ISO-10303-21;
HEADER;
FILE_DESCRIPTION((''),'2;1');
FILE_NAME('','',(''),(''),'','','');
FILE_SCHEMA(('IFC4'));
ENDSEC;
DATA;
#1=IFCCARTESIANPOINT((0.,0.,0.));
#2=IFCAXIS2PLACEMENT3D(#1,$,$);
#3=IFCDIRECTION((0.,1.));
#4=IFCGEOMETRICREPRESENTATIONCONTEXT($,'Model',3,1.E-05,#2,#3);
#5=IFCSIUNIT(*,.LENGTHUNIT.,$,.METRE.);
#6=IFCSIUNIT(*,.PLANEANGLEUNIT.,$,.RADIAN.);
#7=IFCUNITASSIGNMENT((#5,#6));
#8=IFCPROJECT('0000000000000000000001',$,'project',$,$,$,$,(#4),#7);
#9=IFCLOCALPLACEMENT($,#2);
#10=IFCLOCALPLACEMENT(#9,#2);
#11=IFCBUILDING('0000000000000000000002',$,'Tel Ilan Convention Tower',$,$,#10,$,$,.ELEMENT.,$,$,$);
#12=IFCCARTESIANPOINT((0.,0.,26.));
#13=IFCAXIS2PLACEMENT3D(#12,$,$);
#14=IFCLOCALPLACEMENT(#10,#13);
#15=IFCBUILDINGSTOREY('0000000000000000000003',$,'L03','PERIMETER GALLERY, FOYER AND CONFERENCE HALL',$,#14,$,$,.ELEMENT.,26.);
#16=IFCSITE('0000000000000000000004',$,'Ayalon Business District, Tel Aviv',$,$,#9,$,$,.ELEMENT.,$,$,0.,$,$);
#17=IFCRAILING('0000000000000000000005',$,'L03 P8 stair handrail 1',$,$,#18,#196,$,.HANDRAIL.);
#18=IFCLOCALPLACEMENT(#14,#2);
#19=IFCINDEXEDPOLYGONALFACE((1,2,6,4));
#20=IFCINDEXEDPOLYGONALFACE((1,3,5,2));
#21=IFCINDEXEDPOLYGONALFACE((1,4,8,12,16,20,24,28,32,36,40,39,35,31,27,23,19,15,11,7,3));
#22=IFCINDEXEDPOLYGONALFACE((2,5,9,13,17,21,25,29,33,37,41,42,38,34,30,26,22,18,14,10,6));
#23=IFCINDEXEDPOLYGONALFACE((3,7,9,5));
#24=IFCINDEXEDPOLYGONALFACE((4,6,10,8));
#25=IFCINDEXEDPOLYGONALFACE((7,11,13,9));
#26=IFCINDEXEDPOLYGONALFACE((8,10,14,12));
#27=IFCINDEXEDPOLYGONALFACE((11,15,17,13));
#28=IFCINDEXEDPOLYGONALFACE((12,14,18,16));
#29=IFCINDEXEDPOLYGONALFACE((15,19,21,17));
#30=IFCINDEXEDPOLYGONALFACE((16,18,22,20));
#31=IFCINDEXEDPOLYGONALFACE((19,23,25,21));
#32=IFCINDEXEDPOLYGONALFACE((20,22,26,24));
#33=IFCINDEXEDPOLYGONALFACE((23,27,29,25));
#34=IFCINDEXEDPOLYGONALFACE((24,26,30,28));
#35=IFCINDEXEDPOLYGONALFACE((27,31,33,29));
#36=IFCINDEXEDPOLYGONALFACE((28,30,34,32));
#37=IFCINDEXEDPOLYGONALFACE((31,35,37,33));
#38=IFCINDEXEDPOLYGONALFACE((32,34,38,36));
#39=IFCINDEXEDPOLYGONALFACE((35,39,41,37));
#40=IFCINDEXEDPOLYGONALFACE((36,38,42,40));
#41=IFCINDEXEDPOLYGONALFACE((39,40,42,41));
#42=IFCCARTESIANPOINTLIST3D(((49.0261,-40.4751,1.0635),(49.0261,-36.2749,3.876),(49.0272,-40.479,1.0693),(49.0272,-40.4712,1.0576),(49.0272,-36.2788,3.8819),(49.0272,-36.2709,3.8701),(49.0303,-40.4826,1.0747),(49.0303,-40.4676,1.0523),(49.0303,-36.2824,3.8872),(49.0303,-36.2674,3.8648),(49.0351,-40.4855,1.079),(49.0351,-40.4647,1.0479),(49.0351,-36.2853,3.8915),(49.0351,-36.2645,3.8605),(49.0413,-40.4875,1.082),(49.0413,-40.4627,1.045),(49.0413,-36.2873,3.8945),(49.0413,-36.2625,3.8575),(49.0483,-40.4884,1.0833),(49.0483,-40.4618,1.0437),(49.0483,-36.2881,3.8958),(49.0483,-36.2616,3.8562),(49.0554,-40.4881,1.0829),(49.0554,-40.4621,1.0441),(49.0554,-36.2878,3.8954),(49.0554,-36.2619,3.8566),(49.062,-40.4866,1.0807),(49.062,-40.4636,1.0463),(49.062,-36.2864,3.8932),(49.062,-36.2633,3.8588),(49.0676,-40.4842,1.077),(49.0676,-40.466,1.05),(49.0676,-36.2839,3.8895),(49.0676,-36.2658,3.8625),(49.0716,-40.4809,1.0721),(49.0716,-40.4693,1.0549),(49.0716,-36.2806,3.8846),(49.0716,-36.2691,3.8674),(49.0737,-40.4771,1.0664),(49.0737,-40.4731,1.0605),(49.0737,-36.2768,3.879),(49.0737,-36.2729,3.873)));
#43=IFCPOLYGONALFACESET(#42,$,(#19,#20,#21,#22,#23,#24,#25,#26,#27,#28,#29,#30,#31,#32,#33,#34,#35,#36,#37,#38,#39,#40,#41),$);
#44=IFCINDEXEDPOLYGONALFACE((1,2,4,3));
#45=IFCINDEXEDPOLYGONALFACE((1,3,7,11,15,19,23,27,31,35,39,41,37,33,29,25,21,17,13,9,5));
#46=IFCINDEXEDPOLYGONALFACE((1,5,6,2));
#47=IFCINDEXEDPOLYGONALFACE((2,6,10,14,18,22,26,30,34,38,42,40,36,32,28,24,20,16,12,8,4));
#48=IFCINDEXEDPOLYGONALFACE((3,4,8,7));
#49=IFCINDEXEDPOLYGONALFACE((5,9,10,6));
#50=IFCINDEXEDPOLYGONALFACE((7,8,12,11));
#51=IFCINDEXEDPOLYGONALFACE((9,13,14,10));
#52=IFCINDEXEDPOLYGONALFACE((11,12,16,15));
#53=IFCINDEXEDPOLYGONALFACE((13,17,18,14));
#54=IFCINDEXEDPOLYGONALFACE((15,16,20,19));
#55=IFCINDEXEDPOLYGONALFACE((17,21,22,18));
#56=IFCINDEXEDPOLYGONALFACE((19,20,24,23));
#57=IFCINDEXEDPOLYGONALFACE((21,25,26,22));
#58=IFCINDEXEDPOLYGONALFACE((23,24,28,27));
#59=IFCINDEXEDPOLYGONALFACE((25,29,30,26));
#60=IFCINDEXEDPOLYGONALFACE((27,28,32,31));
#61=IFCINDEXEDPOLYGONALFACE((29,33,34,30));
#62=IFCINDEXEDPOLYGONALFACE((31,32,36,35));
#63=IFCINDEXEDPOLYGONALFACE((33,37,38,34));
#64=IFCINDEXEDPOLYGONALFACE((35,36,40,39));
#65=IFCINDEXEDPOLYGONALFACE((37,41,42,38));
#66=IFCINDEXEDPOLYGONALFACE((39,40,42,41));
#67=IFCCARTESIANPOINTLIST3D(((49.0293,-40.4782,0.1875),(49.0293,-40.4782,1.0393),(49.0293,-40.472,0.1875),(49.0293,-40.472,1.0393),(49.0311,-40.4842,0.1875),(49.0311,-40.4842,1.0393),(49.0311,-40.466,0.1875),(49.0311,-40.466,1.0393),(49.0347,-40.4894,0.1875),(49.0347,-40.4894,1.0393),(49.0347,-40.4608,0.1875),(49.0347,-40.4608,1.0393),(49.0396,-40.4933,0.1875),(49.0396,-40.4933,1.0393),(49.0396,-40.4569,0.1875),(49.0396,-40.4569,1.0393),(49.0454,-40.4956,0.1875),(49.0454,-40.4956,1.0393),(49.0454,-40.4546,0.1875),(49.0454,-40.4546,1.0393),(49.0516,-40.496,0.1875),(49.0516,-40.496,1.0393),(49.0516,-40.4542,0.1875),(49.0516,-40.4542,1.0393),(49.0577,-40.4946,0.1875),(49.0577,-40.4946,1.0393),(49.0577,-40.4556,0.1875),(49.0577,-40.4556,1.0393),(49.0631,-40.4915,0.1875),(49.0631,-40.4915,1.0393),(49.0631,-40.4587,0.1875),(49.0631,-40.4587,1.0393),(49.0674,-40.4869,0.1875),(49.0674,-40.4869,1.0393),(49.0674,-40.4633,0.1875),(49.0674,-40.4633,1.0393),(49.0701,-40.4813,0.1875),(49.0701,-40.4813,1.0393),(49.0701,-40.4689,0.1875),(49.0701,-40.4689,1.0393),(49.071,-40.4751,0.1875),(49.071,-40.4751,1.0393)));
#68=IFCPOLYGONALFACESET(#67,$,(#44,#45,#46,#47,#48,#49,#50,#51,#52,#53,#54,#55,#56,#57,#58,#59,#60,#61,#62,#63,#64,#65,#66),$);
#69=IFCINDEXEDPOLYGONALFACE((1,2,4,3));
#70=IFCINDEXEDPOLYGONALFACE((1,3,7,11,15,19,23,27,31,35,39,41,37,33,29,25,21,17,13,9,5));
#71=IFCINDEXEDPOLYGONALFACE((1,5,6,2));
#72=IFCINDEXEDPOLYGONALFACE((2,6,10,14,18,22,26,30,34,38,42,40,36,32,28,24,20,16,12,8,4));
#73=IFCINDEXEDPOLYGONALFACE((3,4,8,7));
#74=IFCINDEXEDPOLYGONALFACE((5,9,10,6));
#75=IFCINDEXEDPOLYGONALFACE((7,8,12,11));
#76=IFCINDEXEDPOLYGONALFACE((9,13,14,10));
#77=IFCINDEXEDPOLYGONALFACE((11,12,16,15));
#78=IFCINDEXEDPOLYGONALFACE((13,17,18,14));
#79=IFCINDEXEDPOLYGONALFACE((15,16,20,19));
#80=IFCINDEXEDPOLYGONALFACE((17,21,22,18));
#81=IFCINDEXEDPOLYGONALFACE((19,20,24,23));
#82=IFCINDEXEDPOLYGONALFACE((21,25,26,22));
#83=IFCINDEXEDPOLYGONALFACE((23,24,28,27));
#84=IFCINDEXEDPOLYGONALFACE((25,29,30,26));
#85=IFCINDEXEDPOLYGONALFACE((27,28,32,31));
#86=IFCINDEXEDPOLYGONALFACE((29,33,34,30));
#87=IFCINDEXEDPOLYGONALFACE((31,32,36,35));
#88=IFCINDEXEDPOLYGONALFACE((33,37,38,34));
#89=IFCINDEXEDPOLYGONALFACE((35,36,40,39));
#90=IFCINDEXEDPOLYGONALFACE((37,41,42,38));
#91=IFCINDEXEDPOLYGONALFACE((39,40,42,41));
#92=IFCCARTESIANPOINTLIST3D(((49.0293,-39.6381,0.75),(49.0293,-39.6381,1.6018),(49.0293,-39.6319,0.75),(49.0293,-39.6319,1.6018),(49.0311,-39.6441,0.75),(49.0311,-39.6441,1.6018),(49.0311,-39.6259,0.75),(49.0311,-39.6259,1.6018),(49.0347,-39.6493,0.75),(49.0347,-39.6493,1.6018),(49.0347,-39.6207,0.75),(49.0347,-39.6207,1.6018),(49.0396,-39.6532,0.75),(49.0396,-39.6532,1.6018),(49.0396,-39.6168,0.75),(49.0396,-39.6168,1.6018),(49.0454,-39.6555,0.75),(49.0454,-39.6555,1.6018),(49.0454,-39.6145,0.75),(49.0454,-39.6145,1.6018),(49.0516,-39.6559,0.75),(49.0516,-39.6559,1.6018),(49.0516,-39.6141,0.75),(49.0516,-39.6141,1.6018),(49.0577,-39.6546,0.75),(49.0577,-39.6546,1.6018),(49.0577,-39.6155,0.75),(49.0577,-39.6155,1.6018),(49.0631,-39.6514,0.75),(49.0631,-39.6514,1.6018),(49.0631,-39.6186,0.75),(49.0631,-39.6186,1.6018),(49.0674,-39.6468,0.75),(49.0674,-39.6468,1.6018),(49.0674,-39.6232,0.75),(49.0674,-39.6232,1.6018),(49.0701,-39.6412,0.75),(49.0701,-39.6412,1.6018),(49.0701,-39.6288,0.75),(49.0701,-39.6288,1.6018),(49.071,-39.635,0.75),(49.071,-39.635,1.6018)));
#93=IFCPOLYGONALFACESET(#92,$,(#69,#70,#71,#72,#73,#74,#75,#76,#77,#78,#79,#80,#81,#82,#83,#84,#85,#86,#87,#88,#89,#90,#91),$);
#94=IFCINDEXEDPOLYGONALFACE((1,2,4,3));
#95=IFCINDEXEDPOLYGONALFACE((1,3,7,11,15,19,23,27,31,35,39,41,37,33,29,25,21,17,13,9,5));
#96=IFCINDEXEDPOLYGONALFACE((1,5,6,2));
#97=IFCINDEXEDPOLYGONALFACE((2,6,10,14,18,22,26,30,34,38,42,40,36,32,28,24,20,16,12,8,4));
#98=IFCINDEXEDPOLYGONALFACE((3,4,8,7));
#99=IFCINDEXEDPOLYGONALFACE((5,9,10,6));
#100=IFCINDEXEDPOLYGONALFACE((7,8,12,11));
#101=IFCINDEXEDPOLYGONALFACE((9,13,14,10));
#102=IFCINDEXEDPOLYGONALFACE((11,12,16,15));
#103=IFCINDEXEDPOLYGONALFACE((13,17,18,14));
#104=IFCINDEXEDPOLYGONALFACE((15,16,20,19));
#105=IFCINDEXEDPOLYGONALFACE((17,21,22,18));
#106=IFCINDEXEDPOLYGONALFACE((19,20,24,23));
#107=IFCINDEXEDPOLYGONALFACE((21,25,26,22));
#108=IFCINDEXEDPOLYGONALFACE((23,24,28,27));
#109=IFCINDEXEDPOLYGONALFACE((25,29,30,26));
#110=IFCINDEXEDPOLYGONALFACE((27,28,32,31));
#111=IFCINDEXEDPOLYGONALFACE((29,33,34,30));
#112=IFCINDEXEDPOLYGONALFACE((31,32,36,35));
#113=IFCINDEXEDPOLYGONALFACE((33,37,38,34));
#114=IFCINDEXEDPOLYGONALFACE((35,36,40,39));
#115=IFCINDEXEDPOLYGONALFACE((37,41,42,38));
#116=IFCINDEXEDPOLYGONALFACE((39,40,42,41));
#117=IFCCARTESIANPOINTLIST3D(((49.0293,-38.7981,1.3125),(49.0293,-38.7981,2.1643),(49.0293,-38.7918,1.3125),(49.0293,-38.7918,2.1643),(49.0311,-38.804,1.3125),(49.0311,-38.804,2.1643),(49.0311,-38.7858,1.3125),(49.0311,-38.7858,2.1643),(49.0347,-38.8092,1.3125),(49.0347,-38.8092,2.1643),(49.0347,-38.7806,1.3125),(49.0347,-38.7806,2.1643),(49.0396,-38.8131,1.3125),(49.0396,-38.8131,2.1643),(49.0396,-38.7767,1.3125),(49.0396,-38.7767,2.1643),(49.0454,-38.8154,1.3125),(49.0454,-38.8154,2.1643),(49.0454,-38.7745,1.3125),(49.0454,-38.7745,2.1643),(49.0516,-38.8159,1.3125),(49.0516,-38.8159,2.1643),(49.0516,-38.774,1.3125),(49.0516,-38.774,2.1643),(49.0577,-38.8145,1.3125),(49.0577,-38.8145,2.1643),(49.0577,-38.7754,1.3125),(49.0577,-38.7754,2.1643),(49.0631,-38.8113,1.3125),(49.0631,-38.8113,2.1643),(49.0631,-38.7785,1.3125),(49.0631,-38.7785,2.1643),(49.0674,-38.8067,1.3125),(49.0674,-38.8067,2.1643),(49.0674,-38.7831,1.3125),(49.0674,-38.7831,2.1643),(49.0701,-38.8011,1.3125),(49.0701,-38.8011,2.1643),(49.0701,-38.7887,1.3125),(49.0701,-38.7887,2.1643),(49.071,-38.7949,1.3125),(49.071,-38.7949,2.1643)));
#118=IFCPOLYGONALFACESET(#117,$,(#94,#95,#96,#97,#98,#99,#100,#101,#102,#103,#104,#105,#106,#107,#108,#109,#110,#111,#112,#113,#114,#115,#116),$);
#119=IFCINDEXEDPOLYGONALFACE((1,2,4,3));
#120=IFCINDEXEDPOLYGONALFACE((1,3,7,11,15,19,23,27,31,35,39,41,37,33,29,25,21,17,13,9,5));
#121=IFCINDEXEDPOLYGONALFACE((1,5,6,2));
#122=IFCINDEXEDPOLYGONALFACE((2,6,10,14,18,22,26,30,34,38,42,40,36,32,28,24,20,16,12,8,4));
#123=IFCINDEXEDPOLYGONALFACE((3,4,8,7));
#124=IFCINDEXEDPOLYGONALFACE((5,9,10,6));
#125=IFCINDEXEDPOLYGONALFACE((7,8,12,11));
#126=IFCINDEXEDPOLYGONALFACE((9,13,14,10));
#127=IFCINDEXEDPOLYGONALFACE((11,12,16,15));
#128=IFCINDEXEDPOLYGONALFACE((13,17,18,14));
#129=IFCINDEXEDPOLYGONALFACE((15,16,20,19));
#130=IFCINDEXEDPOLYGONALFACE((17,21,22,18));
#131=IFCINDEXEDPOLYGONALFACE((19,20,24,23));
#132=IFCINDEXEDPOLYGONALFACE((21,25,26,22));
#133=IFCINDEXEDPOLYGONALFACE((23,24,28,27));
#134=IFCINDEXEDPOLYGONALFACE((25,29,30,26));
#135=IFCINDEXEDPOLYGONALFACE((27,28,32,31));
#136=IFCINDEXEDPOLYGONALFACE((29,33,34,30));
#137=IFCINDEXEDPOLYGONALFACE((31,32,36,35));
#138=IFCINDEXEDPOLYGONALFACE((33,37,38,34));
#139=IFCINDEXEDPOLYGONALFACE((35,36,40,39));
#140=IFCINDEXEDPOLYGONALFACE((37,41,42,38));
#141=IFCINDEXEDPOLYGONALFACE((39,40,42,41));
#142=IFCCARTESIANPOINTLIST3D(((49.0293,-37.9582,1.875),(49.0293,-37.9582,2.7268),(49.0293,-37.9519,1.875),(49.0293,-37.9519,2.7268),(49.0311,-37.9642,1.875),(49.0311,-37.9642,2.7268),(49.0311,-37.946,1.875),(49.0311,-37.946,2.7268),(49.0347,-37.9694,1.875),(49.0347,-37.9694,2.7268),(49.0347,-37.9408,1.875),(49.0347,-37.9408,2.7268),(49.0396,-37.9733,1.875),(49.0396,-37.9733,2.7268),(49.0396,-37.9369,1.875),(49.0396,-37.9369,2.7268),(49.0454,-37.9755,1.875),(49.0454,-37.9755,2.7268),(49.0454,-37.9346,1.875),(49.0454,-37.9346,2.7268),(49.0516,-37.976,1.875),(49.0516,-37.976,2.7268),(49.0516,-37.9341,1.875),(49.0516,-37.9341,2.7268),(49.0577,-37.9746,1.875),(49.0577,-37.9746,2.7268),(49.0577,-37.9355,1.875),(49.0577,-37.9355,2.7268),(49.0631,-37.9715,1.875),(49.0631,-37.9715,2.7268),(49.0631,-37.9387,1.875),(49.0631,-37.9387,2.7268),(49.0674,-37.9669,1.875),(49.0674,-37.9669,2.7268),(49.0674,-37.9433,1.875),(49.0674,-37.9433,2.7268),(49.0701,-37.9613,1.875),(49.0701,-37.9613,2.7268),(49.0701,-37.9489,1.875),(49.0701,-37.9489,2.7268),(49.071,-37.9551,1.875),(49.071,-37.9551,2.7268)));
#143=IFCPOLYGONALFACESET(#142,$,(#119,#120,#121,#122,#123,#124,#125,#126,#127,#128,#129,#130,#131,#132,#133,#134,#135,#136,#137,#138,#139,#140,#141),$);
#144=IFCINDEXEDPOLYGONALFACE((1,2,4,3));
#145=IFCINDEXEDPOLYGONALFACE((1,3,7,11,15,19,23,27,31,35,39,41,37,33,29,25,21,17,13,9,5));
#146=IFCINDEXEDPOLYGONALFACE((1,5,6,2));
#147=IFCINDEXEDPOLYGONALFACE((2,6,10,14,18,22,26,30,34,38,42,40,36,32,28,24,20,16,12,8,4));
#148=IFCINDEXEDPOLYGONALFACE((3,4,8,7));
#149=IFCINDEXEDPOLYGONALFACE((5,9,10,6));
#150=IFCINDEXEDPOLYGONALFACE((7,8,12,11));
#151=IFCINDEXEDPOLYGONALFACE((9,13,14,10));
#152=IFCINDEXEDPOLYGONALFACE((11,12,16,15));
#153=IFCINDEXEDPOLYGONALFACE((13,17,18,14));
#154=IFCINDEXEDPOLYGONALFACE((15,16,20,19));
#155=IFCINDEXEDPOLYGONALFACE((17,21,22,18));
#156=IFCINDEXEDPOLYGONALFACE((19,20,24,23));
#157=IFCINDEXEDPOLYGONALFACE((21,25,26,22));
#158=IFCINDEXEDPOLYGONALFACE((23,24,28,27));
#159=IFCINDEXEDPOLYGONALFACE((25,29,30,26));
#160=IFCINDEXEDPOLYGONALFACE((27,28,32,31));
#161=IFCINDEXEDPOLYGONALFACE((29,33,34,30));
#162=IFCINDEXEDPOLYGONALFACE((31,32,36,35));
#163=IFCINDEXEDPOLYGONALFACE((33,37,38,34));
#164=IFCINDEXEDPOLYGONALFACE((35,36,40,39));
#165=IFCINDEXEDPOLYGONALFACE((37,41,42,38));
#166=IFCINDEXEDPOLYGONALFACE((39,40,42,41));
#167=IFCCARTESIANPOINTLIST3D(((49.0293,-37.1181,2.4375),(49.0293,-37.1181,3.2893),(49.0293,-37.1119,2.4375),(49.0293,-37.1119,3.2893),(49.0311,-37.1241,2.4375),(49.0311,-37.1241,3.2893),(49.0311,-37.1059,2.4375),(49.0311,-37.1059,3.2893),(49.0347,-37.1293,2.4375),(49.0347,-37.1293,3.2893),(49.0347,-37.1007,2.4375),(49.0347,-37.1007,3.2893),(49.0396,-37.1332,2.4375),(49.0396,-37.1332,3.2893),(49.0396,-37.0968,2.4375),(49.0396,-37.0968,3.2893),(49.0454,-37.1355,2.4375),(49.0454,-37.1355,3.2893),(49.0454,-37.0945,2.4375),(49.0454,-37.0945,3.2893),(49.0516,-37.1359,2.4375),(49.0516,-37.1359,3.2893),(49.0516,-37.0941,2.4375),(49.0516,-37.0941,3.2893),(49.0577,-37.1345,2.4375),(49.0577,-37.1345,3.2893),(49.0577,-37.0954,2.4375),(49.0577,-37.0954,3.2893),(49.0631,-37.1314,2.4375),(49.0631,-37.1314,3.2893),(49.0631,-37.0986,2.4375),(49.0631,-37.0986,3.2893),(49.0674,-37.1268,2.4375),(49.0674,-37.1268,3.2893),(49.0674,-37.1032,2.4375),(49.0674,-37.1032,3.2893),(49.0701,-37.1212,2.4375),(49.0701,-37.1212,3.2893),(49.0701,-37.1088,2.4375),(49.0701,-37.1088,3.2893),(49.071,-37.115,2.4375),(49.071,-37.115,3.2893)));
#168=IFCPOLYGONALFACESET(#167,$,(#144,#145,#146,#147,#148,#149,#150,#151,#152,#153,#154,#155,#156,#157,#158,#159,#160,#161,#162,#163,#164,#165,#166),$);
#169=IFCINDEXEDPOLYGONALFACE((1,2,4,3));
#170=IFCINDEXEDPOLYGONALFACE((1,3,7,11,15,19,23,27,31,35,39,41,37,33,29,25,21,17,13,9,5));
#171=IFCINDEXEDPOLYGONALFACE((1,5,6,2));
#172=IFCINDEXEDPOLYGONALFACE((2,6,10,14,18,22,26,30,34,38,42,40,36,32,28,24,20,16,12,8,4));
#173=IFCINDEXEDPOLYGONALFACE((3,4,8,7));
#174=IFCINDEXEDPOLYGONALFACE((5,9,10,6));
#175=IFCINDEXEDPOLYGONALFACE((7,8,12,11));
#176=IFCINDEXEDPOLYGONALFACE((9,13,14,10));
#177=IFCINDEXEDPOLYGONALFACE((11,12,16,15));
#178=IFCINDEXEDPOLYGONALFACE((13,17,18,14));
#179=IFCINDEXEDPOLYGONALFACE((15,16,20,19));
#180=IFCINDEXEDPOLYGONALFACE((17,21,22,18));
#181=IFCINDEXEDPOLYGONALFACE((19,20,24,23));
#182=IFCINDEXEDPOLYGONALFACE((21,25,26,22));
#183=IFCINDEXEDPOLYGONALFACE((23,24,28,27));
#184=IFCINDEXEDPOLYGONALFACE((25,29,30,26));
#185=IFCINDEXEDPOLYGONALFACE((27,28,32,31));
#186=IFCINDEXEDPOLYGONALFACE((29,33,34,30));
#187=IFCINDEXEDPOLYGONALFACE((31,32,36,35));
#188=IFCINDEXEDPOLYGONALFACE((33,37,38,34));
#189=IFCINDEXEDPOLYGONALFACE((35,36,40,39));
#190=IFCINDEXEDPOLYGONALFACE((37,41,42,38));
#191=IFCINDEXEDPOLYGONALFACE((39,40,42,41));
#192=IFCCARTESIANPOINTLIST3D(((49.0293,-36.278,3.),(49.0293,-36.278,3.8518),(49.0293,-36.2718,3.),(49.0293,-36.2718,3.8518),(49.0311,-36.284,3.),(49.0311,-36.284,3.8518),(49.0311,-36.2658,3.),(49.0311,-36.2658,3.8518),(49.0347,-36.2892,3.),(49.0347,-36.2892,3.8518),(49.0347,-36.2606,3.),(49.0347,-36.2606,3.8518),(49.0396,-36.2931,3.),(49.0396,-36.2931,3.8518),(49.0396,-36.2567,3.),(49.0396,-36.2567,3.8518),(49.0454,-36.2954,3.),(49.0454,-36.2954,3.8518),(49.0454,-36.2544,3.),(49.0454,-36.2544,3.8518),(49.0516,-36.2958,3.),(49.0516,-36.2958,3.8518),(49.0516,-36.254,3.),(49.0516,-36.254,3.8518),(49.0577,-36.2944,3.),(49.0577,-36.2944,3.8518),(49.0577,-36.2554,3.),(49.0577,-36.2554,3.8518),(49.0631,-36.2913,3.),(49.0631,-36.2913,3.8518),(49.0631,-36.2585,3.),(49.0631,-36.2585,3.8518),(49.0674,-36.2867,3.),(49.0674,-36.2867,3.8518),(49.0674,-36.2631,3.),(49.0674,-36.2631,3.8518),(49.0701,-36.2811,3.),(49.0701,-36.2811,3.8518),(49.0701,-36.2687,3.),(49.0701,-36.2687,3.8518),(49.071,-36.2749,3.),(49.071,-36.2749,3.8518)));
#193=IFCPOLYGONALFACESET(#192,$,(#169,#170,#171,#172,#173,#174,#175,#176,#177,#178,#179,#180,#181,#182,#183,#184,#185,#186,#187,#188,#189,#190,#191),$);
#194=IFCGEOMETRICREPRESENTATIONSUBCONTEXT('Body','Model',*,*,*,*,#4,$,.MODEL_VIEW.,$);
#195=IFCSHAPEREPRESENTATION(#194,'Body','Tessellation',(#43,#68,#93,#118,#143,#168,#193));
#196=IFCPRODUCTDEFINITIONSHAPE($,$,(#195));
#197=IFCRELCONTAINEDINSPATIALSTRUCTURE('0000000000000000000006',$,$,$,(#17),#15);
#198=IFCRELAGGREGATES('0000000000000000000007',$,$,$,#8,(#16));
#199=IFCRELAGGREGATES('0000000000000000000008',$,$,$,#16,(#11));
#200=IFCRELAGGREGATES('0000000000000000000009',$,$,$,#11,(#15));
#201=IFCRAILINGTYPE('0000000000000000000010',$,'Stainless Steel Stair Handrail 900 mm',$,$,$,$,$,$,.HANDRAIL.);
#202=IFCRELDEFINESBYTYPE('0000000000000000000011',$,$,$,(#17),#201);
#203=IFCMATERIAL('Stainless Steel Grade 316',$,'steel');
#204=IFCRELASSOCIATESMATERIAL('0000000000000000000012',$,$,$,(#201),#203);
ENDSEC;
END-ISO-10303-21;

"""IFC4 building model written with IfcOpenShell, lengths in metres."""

from ifc_helpers import new_model, si_unit, direction, frame, origin, origin_2d, place, context, subcontext, project, spatial, circle, extrude, material, type_object, element, save


model = new_model("IFC4")

# Units and contexts
model_context = context("Model", 3, precision=1e-05, world=origin(), true_north=direction((0.0, 1.0)))
body_context = subcontext(model_context, "Body", "Model", "MODEL_VIEW")
ifc_project = project(units=[si_unit("LENGTHUNIT", "METRE"), si_unit("PLANEANGLEUNIT", "RADIAN")], contexts=[model_context])

# Site, building, storey
site_placement = place(None, origin())
site = spatial("IfcSite", under=ifc_project, at=site_placement, Name="Ayalon Business District, Tel Aviv", CompositionType="ELEMENT", RefElevation=0.0)
building_placement = place(site_placement, origin())
building = spatial("IfcBuilding", under=site, at=building_placement, Name="Tel Ilan Convention Tower", CompositionType="ELEMENT")
storey_placement = place(building_placement, frame((0.0, 0.0, 26.0)))
storey = spatial("IfcBuildingStorey", under=building, at=storey_placement, Name="L03", Description="PERIMETER GALLERY, FOYER AND CONFERENCE HALL", CompositionType="ELEMENT", Elevation=26.0)

# Railing
ifc_material_1 = material(Name="Stainless Steel Grade 316", Category="steel")
railing_type_1 = type_object("IfcRailingType", Name="Stainless Steel Stair Handrail 900 mm", PredefinedType="HANDRAIL", material=ifc_material_1)
railing_1_placement = place(storey_placement, frame((49.05, -40.4751, 0.1875)))
element("IfcRailing", 1, at=railing_1_placement, inside=storey, type_object=railing_type_1, Name="L03 P8 stair handrail 1", PredefinedType="HANDRAIL", context=body_context, shape_type="SweptSolid", body=[
    extrude(circle(Radius=0.0239, at=origin_2d()), frame((0.0, 0.0, 0.876), z_axis=(0.0, 0.830919, 0.556393), x_axis=(-1.0, 0.0, 0.0)), (0.0, 0.0, 1.0), 5.0549),
    extrude(circle(Radius=0.021, at=origin_2d()), origin(), (0.0, 0.0, 1.0), 0.8518),
    extrude(circle(Radius=0.021, at=origin_2d()), frame((0.0, 0.8401, 0.5625)), (0.0, 0.0, 1.0), 0.8518),
    extrude(circle(Radius=0.021, at=origin_2d()), frame((0.0, 1.6802, 1.125)), (0.0, 0.0, 1.0), 0.8518),
    extrude(circle(Radius=0.021, at=origin_2d()), frame((0.0, 2.52, 1.6875)), (0.0, 0.0, 1.0), 0.8518),
    extrude(circle(Radius=0.021, at=origin_2d()), frame((0.0, 3.3601, 2.25)), (0.0, 0.0, 1.0), 0.8518),
    extrude(circle(Radius=0.021, at=origin_2d()), frame((0.0, 4.2002, 2.8125)), (0.0, 0.0, 1.0), 0.8518),
])

save(model, "model.ifc")
